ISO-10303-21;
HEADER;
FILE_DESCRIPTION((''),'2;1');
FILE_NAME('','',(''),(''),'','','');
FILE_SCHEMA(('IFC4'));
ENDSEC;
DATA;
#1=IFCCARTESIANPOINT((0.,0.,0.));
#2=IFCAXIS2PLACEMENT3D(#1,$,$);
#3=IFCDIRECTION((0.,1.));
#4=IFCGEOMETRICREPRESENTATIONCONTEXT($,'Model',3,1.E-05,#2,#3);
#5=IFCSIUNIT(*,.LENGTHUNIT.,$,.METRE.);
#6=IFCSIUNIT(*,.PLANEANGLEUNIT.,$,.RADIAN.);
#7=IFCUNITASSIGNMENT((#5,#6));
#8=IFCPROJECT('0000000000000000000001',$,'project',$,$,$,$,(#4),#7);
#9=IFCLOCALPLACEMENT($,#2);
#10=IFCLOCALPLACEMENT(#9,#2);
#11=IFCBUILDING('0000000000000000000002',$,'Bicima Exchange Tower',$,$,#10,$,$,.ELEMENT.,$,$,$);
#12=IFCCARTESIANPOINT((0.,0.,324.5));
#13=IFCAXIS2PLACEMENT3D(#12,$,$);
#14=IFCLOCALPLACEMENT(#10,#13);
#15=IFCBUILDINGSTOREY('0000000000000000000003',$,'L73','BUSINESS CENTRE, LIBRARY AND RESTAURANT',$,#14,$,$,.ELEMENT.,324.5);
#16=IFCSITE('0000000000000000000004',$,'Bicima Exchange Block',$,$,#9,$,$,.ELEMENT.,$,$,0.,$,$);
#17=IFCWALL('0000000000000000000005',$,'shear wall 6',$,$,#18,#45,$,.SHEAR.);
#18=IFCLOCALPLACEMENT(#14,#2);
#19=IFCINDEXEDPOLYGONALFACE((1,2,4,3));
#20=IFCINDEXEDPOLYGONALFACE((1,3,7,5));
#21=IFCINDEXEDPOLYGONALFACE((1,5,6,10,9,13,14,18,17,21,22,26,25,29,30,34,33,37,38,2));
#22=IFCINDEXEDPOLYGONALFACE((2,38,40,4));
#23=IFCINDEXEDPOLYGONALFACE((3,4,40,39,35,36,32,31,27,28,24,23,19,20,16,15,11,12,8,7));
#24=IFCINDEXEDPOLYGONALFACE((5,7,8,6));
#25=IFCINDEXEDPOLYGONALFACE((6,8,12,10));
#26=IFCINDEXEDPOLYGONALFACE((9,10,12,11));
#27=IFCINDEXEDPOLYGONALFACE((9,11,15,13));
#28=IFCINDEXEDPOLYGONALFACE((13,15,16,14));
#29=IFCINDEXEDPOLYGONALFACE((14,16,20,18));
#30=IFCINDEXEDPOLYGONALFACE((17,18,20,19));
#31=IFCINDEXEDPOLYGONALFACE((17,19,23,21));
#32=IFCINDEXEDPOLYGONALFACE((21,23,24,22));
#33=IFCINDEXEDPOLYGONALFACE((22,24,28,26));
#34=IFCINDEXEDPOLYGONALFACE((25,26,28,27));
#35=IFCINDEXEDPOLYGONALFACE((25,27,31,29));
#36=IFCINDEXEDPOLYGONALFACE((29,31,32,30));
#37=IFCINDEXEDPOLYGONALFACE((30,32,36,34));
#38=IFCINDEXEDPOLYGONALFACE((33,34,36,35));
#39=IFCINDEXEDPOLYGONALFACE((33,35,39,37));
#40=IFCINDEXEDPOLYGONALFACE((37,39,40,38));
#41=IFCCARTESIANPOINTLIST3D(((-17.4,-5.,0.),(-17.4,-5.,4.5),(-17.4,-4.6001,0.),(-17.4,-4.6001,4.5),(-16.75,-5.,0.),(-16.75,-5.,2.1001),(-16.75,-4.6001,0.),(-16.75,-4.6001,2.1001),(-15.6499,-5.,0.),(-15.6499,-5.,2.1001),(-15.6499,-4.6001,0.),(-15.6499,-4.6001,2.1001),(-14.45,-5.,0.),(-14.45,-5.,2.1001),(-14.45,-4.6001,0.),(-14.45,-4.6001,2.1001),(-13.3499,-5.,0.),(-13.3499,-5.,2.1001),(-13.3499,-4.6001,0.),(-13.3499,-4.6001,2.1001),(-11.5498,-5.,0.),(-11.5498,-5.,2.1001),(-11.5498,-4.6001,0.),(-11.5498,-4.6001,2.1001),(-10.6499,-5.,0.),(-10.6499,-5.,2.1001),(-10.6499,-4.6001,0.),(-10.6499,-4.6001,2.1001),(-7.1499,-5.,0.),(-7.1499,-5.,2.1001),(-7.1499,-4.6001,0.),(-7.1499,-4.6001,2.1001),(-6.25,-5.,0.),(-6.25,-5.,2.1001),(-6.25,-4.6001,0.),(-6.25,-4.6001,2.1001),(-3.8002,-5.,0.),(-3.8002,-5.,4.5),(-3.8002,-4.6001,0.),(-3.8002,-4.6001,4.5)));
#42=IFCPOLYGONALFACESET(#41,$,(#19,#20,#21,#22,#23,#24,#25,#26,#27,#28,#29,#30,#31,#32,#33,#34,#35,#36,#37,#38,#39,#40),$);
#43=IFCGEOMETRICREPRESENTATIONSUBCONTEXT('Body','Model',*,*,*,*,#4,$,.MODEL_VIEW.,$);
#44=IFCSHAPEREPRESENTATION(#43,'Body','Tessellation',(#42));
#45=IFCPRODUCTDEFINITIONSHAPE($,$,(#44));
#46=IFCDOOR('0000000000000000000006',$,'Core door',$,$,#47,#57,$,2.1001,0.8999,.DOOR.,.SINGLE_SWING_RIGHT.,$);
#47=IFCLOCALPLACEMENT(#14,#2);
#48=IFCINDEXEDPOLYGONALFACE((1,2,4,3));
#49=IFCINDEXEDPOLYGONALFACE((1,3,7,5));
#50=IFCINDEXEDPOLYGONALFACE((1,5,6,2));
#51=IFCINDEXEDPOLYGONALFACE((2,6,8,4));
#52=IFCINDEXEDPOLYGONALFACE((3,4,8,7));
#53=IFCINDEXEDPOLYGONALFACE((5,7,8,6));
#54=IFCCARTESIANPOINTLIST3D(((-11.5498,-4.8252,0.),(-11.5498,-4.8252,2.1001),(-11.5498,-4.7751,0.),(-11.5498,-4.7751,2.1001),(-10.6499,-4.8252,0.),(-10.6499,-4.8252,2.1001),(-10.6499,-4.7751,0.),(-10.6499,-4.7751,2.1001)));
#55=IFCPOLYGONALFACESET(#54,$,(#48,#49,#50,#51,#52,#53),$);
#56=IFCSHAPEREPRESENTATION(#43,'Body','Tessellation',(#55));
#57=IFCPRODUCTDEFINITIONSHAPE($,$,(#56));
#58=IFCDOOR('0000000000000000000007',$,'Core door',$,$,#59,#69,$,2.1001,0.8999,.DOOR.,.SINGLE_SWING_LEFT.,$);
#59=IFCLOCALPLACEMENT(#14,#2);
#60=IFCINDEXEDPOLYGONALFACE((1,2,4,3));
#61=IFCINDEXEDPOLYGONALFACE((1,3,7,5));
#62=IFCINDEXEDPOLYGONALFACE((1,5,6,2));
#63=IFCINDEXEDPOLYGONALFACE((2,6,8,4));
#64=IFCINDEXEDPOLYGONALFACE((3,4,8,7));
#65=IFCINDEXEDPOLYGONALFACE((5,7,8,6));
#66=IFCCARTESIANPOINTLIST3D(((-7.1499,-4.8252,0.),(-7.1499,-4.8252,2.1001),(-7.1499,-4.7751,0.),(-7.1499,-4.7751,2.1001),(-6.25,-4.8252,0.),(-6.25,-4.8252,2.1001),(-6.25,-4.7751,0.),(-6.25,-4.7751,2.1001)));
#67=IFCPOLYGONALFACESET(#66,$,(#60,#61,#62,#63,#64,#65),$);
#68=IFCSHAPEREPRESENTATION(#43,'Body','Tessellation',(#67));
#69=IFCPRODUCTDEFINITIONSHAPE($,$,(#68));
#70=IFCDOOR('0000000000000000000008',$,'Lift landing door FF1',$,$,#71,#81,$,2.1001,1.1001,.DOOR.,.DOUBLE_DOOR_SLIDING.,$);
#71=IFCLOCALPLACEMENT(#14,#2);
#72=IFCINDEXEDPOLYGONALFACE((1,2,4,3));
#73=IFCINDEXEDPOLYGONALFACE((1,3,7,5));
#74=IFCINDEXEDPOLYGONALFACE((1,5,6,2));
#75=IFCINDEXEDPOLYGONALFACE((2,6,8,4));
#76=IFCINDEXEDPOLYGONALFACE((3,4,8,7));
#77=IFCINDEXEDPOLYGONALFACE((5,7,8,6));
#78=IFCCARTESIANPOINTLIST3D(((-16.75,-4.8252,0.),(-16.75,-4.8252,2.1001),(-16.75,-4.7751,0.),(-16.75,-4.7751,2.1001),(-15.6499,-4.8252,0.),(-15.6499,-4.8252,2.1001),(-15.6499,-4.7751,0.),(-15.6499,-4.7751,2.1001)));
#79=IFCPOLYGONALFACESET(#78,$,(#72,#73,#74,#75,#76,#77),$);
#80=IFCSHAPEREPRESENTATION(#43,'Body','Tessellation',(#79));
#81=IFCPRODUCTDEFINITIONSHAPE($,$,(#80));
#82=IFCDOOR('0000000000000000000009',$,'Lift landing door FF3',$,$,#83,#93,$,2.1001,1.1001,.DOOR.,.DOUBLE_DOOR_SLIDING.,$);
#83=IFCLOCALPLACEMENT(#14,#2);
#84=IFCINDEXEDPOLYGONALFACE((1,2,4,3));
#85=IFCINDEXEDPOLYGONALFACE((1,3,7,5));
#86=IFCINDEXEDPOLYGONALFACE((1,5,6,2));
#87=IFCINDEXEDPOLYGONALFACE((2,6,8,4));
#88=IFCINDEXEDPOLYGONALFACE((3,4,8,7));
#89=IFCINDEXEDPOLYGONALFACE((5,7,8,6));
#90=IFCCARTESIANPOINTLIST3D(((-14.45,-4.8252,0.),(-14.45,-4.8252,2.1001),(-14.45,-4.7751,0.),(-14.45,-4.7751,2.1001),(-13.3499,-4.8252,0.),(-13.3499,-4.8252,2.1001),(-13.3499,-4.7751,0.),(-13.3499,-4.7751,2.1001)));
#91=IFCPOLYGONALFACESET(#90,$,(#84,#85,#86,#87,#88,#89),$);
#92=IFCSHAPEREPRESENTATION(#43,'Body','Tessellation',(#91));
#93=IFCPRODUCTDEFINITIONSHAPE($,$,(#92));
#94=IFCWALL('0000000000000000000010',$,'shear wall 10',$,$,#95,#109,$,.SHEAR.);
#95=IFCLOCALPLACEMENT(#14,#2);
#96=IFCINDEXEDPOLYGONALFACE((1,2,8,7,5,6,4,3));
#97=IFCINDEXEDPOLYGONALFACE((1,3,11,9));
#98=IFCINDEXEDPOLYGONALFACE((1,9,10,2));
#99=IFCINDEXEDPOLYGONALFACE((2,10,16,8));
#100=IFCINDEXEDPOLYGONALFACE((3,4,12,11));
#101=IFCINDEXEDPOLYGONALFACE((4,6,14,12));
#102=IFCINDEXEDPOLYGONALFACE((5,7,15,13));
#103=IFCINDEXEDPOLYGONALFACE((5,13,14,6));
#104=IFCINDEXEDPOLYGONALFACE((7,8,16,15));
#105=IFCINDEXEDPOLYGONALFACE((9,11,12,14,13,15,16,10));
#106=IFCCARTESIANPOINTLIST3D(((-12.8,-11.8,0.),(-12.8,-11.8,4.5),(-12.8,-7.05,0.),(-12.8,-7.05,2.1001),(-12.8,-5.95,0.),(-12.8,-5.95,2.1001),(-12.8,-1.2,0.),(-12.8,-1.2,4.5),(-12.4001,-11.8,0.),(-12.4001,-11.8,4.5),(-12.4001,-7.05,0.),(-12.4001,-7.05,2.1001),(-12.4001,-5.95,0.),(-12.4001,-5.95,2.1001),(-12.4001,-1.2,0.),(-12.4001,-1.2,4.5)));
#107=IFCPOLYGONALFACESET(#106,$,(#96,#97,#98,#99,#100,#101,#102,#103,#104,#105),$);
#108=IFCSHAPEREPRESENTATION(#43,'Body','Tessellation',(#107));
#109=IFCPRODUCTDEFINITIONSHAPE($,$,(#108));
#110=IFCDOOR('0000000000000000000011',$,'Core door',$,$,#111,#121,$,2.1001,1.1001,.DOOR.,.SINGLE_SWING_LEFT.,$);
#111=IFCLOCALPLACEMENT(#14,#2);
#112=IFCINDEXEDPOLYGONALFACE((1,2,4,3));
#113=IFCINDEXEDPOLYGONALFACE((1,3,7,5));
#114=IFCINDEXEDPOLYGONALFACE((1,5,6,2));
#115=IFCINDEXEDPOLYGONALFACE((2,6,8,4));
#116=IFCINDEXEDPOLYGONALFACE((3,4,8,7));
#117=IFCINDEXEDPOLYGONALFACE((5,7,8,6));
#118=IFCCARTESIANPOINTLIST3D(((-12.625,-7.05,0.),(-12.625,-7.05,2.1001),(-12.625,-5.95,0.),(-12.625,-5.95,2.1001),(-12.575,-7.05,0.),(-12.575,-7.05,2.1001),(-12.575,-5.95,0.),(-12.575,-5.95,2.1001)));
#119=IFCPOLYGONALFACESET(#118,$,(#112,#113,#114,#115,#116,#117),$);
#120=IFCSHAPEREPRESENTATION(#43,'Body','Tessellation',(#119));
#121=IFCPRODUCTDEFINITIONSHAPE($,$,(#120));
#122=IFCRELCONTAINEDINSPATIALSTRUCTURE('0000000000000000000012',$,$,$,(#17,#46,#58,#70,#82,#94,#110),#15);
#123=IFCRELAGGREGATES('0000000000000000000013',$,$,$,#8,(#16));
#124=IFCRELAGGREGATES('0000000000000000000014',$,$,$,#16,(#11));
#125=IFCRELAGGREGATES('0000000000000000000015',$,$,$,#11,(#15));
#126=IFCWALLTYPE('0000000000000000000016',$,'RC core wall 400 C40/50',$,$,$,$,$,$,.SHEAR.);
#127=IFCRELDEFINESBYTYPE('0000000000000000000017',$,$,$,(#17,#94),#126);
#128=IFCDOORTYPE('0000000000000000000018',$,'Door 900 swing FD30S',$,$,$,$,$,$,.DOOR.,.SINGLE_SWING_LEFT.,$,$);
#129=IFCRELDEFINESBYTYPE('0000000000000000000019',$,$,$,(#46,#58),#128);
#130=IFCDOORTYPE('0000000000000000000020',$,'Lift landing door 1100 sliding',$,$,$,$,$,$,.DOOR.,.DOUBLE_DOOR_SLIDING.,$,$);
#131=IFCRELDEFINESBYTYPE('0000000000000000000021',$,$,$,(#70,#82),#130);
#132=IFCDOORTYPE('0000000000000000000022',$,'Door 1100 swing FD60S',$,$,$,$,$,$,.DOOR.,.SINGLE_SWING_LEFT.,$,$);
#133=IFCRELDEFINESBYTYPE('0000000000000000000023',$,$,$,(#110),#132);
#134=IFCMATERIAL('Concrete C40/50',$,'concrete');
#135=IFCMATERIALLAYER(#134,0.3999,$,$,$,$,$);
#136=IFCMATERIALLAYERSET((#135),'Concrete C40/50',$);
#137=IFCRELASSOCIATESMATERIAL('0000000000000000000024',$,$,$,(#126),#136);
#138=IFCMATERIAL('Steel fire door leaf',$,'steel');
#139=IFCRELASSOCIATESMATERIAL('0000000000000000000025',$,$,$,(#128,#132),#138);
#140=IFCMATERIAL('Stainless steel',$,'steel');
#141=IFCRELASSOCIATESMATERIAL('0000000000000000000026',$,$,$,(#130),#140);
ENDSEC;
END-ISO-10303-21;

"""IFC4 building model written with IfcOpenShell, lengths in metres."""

from ifc_helpers import new_model, si_unit, direction, frame, frame_2d, origin, place, context, subcontext, project, spatial, rectangle, extrude, material, layer, layer_set, type_object, element, fill, save


model = new_model("IFC4")

# Units and contexts
model_context = context("Model", 3, precision=1e-05, world=origin(), true_north=direction((0.0, 1.0)))
body_context = subcontext(model_context, "Body", "Model", "MODEL_VIEW")
ifc_project = project(units=[si_unit("LENGTHUNIT", "METRE"), si_unit("PLANEANGLEUNIT", "RADIAN")], contexts=[model_context])

# Site, building, storey
site_placement = place(None, origin())
site = spatial("IfcSite", under=ifc_project, at=site_placement, Name="Bicima Exchange Block", CompositionType="ELEMENT", RefElevation=0.0)
building_placement = place(site_placement, origin())
building = spatial("IfcBuilding", under=site, at=building_placement, Name="Bicima Exchange Tower", CompositionType="ELEMENT")
storey_placement = place(building_placement, frame((0.0, 0.0, 324.5)))
storey = spatial("IfcBuildingStorey", under=building, at=storey_placement, Name="L73", Description="BUSINESS CENTRE, LIBRARY AND RESTAURANT", CompositionType="ELEMENT", Elevation=324.5)

# Shared definitions
ifc_material_1 = material(Name="Concrete C40/50", Category="concrete")
ifc_layer_1 = layer(ifc_material_1, 0.3999)
ifc_layer_set_1 = layer_set([ifc_layer_1], Name="Concrete C40/50")
wall_type_1 = type_object("IfcWallType", Name="RC core wall 400 C40/50", PredefinedType="SHEAR", material=ifc_layer_set_1)

# Wall, openings, doors
wall_1_placement = place(storey_placement, frame((-17.3999, -4.8, 0.0), z_axis=(0.0, 0.0, 1.0), x_axis=(1.0, 0.0, 0.0)))
wall_1 = element("IfcWall", 1, at=wall_1_placement, inside=storey, type_object=wall_type_1, Name="shear wall 6", PredefinedType="SHEAR", context=body_context, shape_type="SweptSolid", body=[
    extrude(rectangle(XDim=13.5999, YDim=0.3999, at=frame_2d((6.7998, 0.0))), origin(), (0.0, 0.0, 1.0), 4.5),
])
opening_1_placement = place(wall_1_placement, frame((0.6499, 0.0, 0.0)))
opening_1 = element("IfcOpeningElement", 2, at=opening_1_placement, cuts=wall_1, PredefinedType="OPENING", context=body_context, shape_type="SweptSolid", body=[
    extrude(rectangle(XDim=1.1001, YDim=2.1001, at=frame_2d((0.55, 1.05))), frame((0.0, 0.2119, 0.0), z_axis=(0.0, -1.0, 0.0), x_axis=(1.0, 0.0, 0.0)), (0.0, 0.0, 1.0), 0.4238),
])
opening_2_placement = place(wall_1_placement, frame((2.95, 0.0, 0.0)))
opening_2 = element("IfcOpeningElement", 3, at=opening_2_placement, cuts=wall_1, PredefinedType="OPENING", context=body_context, shape_type="SweptSolid", body=[
    extrude(rectangle(XDim=1.1001, YDim=2.1001, at=frame_2d((0.55, 1.05))), frame((0.0, 0.2119, 0.0), z_axis=(0.0, -1.0, 0.0), x_axis=(1.0, 0.0, 0.0)), (0.0, 0.0, 1.0), 0.4238),
])
opening_3_placement = place(wall_1_placement, frame((5.8501, 0.0, 0.0)))
opening_3 = element("IfcOpeningElement", 4, at=opening_3_placement, cuts=wall_1, PredefinedType="OPENING", context=body_context, shape_type="SweptSolid", body=[
    extrude(rectangle(XDim=0.8999, YDim=2.1001, at=frame_2d((0.45, 1.05))), frame((0.0, 0.2119, 0.0), z_axis=(0.0, -1.0, 0.0), x_axis=(1.0, 0.0, 0.0)), (0.0, 0.0, 1.0), 0.4238),
])
opening_4_placement = place(wall_1_placement, frame((10.25, 0.0, 0.0)))
opening_4 = element("IfcOpeningElement", 5, at=opening_4_placement, cuts=wall_1, PredefinedType="OPENING", context=body_context, shape_type="SweptSolid", body=[
    extrude(rectangle(XDim=0.8999, YDim=2.1001, at=frame_2d((0.45, 1.05))), frame((0.0, 0.2119, 0.0), z_axis=(0.0, -1.0, 0.0), x_axis=(1.0, 0.0, 0.0)), (0.0, 0.0, 1.0), 0.4238),
])
ifc_material_2 = material(Name="Steel fire door leaf", Category="steel")
door_type_1 = type_object("IfcDoorType", Name="Door 900 swing FD30S", OperationType="SINGLE_SWING_LEFT", PredefinedType="DOOR", material=ifc_material_2)
door_1_placement = place(opening_3_placement, origin())
door_1 = element("IfcDoor", 6, at=door_1_placement, inside=storey, type_object=door_type_1, Name="Core door", OperationType="SINGLE_SWING_RIGHT", OverallHeight=2.1001, OverallWidth=0.8999, PredefinedType="DOOR", context=body_context, shape_type="SweptSolid", body=[
    extrude(rectangle(XDim=0.8999, YDim=2.1001, at=frame_2d((0.45, 1.05))), frame((0.0, 0.0249, 0.0), z_axis=(0.0, -1.0, 0.0), x_axis=(1.0, 0.0, 0.0)), (0.0, 0.0, 1.0), 0.05),
])
fill(opening_3, door_1)
door_2_placement = place(opening_4_placement, origin())
door_2 = element("IfcDoor", 7, at=door_2_placement, inside=storey, type_object=door_type_1, Name="Core door", OperationType="SINGLE_SWING_LEFT", OverallHeight=2.1001, OverallWidth=0.8999, PredefinedType="DOOR", context=body_context, shape_type="SweptSolid", body=[
    extrude(rectangle(XDim=0.8999, YDim=2.1001, at=frame_2d((0.45, 1.05))), frame((0.0, 0.0249, 0.0), z_axis=(0.0, -1.0, 0.0), x_axis=(1.0, 0.0, 0.0)), (0.0, 0.0, 1.0), 0.05),
])
fill(opening_4, door_2)
ifc_material_3 = material(Name="Stainless steel", Category="steel")
door_type_2 = type_object("IfcDoorType", Name="Lift landing door 1100 sliding", OperationType="DOUBLE_DOOR_SLIDING", PredefinedType="DOOR", material=ifc_material_3)
door_3_placement = place(opening_1_placement, origin())
door_3 = element("IfcDoor", 8, at=door_3_placement, inside=storey, type_object=door_type_2, Name="Lift landing door FF1", OperationType="DOUBLE_DOOR_SLIDING", OverallHeight=2.1001, OverallWidth=1.1001, PredefinedType="DOOR", context=body_context, shape_type="SweptSolid", body=[
    extrude(rectangle(XDim=1.1001, YDim=2.1001, at=frame_2d((0.55, 1.05))), frame((0.0, 0.0249, 0.0), z_axis=(0.0, -1.0, 0.0), x_axis=(1.0, 0.0, 0.0)), (0.0, 0.0, 1.0), 0.05),
])
fill(opening_1, door_3)
door_4_placement = place(opening_2_placement, origin())
door_4 = element("IfcDoor", 9, at=door_4_placement, inside=storey, type_object=door_type_2, Name="Lift landing door FF3", OperationType="DOUBLE_DOOR_SLIDING", OverallHeight=2.1001, OverallWidth=1.1001, PredefinedType="DOOR", context=body_context, shape_type="SweptSolid", body=[
    extrude(rectangle(XDim=1.1001, YDim=2.1001, at=frame_2d((0.55, 1.05))), frame((0.0, 0.0249, 0.0), z_axis=(0.0, -1.0, 0.0), x_axis=(1.0, 0.0, 0.0)), (0.0, 0.0, 1.0), 0.05),
])
fill(opening_2, door_4)

# Wall, opening, door
wall_2_placement = place(storey_placement, frame((-12.6001, -11.8, 0.0), z_axis=(0.0, 0.0, 1.0), x_axis=(0.0, 1.0, 0.0)))
wall_2 = element("IfcWall", 10, at=wall_2_placement, inside=storey, type_object=wall_type_1, Name="shear wall 10", PredefinedType="SHEAR", context=body_context, shape_type="SweptSolid", body=[
    extrude(rectangle(XDim=10.6001, YDim=0.3999, at=frame_2d((5.3, 0.0))), origin(), (0.0, 0.0, 1.0), 4.5),
])
opening_5_placement = place(wall_2_placement, frame((4.75, 0.0, 0.0)))
opening_5 = element("IfcOpeningElement", 11, at=opening_5_placement, cuts=wall_2, PredefinedType="OPENING", context=body_context, shape_type="SweptSolid", body=[
    extrude(rectangle(XDim=1.1001, YDim=2.1001, at=frame_2d((0.55, 1.05))), frame((0.0, 0.2119, 0.0), z_axis=(0.0, -1.0, 0.0), x_axis=(1.0, 0.0, 0.0)), (0.0, 0.0, 1.0), 0.4238),
])
door_type_3 = type_object("IfcDoorType", Name="Door 1100 swing FD60S", OperationType="SINGLE_SWING_LEFT", PredefinedType="DOOR", material=ifc_material_2)
door_5_placement = place(opening_5_placement, origin())
door_5 = element("IfcDoor", 12, at=door_5_placement, inside=storey, type_object=door_type_3, Name="Core door", OperationType="SINGLE_SWING_LEFT", OverallHeight=2.1001, OverallWidth=1.1001, PredefinedType="DOOR", context=body_context, shape_type="SweptSolid", body=[
    extrude(rectangle(XDim=1.1001, YDim=2.1001, at=frame_2d((0.55, 1.05))), frame((0.0, 0.0249, 0.0), z_axis=(0.0, -1.0, 0.0), x_axis=(1.0, 0.0, 0.0)), (0.0, 0.0, 1.0), 0.05),
])
fill(opening_5, door_5)

save(model, "model.ifc")
